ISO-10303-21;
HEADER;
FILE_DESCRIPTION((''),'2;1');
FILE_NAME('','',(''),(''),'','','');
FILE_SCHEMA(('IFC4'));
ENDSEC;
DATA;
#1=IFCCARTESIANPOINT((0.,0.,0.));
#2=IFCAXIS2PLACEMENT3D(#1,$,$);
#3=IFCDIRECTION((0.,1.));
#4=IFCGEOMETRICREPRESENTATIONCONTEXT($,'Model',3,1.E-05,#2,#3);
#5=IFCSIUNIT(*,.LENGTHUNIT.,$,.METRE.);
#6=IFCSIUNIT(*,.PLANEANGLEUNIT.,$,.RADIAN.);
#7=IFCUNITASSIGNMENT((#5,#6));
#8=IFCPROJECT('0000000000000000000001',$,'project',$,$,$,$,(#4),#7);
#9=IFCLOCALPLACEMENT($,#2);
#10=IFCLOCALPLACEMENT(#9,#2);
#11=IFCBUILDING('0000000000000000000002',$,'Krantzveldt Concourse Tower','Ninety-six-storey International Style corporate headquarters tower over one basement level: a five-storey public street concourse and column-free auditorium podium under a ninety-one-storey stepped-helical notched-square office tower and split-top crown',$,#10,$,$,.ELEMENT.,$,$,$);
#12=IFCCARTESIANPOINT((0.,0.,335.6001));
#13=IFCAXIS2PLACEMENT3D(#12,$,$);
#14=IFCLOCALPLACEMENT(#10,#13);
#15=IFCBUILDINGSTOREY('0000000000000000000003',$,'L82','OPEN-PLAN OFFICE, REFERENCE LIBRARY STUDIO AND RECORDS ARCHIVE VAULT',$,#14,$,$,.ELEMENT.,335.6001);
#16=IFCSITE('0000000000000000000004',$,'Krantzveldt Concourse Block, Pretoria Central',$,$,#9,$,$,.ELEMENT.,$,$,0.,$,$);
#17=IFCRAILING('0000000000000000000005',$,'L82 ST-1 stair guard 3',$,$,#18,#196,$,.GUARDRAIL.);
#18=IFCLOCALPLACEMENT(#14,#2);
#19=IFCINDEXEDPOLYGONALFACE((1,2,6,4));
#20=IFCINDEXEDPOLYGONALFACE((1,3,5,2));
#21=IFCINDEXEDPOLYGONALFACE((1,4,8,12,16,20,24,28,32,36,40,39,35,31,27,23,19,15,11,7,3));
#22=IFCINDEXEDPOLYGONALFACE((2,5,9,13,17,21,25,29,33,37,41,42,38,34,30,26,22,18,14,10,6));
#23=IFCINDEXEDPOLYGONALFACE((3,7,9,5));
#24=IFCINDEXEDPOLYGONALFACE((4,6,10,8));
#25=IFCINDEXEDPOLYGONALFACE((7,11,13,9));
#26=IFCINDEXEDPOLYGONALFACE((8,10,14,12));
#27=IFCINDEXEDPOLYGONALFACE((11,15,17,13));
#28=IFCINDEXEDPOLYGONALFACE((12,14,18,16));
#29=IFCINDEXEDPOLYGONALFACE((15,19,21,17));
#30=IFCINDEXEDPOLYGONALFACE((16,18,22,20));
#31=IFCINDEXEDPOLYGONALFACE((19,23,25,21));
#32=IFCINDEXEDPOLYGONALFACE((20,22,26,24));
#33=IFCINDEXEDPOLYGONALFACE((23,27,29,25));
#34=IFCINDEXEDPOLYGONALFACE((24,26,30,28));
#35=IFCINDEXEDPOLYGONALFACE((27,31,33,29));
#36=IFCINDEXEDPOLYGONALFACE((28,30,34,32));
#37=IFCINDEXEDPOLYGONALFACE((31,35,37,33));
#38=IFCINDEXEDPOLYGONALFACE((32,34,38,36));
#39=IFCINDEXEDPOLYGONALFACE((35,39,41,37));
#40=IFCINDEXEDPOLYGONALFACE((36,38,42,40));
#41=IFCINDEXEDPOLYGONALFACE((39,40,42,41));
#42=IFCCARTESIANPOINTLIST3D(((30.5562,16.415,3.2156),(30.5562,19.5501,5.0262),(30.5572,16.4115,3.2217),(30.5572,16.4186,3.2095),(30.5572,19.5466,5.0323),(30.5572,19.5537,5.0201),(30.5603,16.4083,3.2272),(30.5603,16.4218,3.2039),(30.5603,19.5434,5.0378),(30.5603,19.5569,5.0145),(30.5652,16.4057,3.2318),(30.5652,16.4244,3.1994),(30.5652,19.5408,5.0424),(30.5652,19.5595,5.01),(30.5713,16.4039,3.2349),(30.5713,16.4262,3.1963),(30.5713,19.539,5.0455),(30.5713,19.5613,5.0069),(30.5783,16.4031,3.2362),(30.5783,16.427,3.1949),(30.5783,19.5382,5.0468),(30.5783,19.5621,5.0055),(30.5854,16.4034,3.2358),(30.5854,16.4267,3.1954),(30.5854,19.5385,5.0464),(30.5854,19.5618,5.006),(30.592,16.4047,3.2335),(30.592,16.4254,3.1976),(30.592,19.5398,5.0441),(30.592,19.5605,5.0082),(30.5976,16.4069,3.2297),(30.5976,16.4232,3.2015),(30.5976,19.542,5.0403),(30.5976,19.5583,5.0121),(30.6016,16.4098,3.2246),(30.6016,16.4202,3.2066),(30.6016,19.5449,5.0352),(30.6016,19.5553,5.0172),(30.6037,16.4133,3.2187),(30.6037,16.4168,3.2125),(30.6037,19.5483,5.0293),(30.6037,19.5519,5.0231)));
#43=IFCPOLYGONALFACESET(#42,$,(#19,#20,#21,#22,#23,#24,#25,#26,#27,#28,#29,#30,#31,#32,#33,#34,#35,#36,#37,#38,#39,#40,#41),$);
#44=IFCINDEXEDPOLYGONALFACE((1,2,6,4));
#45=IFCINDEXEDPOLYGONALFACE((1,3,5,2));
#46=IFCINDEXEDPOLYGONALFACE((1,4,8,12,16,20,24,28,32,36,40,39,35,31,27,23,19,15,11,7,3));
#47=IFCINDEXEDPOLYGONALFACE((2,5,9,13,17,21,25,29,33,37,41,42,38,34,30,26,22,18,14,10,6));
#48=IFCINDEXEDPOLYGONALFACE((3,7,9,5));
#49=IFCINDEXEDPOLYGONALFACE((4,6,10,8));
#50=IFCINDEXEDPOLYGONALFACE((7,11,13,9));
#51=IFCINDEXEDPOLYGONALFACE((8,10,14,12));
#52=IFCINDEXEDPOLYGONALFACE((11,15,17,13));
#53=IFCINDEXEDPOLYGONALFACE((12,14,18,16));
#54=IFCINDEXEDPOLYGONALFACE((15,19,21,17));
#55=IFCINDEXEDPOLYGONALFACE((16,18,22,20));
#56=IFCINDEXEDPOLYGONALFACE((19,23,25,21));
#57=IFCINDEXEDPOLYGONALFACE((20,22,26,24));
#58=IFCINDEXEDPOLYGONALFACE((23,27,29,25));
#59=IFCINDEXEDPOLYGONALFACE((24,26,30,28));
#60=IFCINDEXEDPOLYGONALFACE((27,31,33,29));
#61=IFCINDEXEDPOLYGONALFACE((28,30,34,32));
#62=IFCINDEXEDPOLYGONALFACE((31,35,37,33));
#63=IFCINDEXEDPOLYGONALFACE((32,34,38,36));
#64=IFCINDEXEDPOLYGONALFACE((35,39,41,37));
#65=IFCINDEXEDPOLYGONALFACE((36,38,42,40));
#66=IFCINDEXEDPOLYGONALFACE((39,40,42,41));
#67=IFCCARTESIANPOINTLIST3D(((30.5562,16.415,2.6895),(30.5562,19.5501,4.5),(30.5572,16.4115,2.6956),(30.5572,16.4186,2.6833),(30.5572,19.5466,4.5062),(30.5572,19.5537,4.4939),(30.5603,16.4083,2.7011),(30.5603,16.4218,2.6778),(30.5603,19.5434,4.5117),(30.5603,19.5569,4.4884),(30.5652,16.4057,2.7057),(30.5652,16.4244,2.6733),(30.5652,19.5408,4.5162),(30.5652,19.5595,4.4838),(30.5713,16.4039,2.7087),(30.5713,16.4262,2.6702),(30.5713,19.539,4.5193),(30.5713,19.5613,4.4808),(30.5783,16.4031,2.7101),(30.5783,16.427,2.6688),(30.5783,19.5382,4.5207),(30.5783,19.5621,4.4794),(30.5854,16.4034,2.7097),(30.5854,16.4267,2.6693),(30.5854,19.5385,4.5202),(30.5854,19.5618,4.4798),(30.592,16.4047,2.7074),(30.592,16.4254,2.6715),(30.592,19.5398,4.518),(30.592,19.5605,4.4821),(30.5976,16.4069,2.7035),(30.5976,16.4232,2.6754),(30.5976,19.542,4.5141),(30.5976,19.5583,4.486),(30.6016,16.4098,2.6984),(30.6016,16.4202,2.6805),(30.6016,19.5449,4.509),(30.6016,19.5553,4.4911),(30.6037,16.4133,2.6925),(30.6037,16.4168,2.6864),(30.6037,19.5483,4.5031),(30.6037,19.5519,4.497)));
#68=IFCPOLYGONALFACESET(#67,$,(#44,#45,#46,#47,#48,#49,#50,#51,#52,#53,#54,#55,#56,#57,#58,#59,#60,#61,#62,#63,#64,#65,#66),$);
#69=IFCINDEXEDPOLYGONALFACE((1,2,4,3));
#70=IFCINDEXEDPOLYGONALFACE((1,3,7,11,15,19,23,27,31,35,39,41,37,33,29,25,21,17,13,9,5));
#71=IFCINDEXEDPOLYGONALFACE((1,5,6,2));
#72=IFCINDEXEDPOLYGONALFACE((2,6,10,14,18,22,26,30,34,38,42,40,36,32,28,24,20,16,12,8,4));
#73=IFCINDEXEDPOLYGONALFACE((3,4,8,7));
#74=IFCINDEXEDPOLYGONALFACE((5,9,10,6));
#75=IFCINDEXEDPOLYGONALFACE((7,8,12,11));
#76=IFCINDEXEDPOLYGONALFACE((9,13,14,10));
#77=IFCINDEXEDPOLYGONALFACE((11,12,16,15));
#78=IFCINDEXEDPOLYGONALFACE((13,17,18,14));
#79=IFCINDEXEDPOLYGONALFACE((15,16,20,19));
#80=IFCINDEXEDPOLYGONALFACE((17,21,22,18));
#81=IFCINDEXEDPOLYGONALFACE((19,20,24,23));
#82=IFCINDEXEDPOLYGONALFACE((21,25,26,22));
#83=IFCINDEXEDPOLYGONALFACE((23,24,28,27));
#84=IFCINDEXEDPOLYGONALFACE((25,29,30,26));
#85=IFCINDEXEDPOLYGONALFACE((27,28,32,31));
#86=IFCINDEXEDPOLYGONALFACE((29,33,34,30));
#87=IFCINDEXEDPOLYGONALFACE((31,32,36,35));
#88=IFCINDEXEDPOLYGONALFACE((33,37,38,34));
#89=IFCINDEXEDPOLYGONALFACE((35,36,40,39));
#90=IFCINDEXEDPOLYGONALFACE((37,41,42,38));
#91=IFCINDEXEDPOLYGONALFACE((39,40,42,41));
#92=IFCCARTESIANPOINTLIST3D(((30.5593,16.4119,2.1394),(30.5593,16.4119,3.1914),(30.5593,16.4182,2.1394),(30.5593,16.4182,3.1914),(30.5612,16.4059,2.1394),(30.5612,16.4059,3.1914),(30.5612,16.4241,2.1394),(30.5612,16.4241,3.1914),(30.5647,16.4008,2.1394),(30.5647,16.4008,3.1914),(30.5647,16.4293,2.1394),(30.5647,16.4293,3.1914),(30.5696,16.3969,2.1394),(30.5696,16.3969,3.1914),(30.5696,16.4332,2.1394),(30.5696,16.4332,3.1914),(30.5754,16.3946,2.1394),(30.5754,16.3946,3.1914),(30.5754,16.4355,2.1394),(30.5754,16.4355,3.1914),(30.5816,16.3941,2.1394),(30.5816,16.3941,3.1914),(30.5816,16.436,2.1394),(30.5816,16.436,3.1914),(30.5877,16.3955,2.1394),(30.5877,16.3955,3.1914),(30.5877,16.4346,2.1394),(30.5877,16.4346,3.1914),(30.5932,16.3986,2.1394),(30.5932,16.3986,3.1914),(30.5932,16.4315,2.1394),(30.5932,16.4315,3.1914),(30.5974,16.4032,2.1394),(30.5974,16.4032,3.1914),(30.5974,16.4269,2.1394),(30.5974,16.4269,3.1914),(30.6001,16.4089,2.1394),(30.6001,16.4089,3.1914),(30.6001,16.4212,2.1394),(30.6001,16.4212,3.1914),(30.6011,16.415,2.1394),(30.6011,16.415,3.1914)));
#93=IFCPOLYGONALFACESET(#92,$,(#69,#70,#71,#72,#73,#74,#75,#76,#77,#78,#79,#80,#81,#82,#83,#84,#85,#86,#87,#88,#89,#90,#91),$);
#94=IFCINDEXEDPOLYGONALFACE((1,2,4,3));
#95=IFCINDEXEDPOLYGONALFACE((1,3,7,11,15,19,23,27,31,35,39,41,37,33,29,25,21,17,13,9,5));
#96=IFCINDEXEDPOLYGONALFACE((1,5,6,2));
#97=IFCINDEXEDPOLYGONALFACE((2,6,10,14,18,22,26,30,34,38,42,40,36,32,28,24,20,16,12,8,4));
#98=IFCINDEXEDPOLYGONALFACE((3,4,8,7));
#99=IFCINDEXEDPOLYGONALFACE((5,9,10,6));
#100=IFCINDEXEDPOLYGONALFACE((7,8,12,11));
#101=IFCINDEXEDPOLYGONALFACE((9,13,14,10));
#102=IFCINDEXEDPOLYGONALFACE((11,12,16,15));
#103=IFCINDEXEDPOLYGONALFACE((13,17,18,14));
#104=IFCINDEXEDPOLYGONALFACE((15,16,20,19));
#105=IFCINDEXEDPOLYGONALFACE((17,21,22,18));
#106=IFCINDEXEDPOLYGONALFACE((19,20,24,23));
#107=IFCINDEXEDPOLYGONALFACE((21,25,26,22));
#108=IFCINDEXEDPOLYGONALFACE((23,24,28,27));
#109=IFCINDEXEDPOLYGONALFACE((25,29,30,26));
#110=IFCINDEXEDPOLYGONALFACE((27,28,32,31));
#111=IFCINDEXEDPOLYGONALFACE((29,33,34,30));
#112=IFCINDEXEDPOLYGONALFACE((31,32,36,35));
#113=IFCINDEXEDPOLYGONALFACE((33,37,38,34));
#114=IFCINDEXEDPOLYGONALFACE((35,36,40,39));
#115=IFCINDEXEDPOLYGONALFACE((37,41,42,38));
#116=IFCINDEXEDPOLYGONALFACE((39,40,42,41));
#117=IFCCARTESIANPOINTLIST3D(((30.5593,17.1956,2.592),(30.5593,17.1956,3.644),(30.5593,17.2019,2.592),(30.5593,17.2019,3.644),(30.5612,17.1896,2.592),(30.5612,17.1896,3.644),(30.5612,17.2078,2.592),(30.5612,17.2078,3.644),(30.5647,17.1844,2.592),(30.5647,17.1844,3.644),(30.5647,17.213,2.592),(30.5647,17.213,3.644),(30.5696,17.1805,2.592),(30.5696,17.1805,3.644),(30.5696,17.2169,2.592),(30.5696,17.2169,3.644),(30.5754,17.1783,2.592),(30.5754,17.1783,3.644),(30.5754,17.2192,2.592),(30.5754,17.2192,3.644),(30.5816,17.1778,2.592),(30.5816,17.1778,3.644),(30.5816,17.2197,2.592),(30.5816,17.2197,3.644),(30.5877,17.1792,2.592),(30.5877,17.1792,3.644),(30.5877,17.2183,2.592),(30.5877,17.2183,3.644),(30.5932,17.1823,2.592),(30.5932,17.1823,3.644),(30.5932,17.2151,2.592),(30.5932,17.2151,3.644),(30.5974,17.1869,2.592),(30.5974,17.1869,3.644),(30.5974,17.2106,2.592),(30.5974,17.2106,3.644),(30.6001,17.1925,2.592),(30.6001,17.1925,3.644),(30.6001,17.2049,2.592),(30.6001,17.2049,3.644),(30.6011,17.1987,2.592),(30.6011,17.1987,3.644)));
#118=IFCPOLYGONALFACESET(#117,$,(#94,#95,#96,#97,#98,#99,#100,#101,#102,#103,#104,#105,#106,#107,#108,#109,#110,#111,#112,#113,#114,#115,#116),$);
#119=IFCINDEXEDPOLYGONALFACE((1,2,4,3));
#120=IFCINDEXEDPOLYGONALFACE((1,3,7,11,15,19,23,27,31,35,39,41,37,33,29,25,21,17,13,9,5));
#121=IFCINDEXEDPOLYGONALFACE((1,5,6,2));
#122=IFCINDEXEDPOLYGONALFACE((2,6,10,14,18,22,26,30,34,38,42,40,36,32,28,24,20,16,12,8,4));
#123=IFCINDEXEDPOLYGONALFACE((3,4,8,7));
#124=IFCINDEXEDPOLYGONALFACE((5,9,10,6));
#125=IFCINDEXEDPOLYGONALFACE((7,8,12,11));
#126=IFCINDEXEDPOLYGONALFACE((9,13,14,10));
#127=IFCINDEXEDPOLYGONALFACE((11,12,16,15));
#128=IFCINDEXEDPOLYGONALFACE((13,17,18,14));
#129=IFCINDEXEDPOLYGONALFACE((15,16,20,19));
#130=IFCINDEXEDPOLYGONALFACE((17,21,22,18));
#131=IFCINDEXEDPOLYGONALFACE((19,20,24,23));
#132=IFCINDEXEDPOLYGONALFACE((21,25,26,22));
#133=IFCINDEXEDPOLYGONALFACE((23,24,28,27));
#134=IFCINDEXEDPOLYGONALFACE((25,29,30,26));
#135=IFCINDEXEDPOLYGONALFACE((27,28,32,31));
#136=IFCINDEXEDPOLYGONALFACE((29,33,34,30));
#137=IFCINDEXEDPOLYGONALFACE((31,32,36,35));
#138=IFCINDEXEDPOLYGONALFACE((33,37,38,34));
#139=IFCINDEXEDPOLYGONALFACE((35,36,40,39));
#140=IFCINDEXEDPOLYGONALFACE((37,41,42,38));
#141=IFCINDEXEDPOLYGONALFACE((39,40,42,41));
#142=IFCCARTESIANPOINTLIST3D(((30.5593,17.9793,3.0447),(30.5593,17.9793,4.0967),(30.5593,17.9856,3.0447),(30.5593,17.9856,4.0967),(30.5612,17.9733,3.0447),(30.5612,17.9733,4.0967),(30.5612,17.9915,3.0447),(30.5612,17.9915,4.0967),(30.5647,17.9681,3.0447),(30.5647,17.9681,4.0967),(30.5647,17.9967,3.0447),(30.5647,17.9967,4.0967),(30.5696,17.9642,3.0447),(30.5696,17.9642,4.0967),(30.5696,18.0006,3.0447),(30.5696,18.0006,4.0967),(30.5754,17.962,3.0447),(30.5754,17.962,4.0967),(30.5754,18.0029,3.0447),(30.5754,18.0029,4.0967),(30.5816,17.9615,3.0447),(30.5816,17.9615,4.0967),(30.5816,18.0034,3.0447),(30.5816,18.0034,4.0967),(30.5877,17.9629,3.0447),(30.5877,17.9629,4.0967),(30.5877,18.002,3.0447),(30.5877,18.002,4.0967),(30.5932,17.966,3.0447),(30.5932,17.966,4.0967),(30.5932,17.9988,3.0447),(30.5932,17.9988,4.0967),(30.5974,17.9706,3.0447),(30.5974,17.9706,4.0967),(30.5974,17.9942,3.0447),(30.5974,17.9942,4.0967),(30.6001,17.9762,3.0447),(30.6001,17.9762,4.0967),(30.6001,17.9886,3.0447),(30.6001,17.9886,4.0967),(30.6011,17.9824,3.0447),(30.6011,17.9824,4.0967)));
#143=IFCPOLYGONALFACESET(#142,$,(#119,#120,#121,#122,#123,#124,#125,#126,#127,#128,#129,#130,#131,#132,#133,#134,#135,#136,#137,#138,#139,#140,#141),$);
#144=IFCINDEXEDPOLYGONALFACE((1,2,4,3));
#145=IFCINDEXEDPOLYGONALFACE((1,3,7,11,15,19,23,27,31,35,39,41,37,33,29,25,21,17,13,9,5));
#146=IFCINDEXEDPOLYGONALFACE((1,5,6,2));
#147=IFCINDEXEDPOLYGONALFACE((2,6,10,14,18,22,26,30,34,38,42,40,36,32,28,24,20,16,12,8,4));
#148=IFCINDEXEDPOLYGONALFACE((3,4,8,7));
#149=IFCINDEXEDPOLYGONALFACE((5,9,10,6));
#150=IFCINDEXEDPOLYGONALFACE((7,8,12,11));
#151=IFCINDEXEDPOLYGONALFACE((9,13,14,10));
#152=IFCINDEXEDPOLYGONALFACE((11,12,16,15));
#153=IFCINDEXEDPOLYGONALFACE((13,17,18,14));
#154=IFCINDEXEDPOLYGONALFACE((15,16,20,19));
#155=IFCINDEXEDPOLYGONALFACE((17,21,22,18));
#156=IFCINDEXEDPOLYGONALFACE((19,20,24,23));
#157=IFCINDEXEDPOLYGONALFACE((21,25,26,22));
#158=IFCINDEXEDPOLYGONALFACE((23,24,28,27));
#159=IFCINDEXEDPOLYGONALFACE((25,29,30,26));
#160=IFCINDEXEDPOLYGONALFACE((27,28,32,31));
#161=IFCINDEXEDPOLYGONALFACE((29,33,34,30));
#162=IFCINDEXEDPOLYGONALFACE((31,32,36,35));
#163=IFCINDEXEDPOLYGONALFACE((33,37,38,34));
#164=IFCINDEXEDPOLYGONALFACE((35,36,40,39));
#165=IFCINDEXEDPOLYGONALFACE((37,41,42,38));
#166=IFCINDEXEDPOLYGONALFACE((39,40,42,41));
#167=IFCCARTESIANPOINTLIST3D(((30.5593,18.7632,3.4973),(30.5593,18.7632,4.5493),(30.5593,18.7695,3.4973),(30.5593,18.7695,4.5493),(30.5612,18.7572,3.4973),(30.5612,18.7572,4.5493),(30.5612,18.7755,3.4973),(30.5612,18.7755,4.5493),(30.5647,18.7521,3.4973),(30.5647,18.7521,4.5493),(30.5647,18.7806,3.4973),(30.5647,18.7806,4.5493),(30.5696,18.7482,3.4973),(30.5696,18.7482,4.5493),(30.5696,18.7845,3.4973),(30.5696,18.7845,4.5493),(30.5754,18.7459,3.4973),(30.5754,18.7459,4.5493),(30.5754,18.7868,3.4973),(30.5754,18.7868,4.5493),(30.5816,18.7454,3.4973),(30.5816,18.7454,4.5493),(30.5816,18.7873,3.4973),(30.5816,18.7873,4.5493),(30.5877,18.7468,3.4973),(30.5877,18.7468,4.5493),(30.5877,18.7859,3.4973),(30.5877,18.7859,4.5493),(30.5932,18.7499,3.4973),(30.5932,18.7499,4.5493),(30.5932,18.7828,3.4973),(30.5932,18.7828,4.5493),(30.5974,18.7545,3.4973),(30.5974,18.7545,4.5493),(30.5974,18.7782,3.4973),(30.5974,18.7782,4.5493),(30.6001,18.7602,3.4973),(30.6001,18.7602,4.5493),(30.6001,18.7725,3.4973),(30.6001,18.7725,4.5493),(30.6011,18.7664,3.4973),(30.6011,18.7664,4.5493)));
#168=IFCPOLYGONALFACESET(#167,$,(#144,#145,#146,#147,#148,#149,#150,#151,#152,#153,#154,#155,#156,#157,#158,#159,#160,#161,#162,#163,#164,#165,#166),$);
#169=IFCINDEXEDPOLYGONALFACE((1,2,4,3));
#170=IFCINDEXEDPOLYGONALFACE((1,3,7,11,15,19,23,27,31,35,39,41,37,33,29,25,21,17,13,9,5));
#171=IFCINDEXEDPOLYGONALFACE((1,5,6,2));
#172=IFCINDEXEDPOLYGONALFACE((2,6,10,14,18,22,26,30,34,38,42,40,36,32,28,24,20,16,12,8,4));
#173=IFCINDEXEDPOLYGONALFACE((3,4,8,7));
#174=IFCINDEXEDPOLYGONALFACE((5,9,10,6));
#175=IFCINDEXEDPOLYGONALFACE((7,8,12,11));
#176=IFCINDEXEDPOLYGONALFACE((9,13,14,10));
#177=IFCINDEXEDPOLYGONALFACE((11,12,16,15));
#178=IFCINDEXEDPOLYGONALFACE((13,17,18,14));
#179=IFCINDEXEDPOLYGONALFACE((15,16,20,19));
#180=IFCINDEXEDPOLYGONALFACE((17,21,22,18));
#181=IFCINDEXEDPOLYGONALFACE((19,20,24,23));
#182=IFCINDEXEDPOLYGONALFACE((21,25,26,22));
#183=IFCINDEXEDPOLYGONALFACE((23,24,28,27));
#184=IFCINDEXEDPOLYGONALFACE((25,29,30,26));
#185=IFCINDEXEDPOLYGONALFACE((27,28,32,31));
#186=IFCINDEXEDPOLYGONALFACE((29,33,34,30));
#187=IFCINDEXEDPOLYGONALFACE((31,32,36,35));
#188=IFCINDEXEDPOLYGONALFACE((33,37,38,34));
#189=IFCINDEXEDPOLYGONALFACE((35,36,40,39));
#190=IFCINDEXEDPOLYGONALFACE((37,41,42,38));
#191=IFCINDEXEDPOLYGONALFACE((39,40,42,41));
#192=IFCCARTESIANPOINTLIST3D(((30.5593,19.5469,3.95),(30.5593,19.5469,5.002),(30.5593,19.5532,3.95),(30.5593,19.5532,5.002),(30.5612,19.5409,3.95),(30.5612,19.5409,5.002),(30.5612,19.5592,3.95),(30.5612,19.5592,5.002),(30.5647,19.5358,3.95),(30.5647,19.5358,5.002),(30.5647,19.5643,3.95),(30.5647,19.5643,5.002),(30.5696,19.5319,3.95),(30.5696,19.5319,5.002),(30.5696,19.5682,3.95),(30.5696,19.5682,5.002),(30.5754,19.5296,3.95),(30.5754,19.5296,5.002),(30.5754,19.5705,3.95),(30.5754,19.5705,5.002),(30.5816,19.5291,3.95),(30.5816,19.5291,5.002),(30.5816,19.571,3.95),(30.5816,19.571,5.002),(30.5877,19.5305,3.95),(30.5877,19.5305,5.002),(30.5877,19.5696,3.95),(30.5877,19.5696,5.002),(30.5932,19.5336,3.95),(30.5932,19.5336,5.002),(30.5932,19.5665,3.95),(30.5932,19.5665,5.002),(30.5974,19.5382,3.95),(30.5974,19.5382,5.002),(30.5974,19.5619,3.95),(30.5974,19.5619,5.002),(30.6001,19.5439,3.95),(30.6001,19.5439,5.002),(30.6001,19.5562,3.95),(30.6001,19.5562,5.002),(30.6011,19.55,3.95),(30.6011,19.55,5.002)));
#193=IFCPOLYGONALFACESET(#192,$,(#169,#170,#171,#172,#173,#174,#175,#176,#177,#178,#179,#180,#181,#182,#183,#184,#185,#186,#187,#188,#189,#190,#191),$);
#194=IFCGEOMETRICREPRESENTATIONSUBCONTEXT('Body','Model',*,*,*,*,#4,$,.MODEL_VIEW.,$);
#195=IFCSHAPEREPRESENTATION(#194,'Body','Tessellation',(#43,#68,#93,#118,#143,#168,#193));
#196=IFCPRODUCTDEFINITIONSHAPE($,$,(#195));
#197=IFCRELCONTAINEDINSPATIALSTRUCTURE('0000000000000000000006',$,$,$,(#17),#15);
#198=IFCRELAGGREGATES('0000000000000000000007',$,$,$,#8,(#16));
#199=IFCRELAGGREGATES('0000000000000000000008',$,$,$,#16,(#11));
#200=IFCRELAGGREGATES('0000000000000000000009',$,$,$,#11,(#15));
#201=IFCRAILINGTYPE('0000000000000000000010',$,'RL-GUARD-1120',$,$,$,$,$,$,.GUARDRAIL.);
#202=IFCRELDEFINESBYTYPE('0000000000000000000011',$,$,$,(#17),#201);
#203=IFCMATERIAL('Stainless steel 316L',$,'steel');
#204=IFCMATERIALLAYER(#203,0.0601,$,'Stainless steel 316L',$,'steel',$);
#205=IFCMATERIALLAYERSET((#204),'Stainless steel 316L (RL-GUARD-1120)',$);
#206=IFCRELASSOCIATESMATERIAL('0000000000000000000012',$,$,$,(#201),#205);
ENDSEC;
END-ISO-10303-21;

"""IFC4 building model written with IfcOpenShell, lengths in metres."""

from ifc_helpers import new_model, si_unit, direction, frame, origin, origin_2d, place, context, subcontext, project, spatial, circle, extrude, material, layer, layer_set, type_object, element, save


model = new_model("IFC4")

# Units and contexts
model_context = context("Model", 3, precision=1e-05, world=origin(), true_north=direction((0.0, 1.0)))
body_context = subcontext(model_context, "Body", "Model", "MODEL_VIEW")
ifc_project = project(units=[si_unit("LENGTHUNIT", "METRE"), si_unit("PLANEANGLEUNIT", "RADIAN")], contexts=[model_context])

# Site, building, storey
site_placement = place(None, origin())
site = spatial("IfcSite", under=ifc_project, at=site_placement, Name="Krantzveldt Concourse Block, Pretoria Central", CompositionType="ELEMENT", RefElevation=0.0)
building_placement = place(site_placement, origin())
building = spatial("IfcBuilding", under=site, at=building_placement, Name="Krantzveldt Concourse Tower", Description="Ninety-six-storey International Style corporate headquarters tower over one basement level: a five-storey public street concourse and column-free auditorium podium under a ninety-one-storey stepped-helical notched-square office tower and split-top crown", CompositionType="ELEMENT")
storey_placement = place(building_placement, frame((0.0, 0.0, 335.6001)))
storey = spatial("IfcBuildingStorey", under=building, at=storey_placement, Name="L82", Description="OPEN-PLAN OFFICE, REFERENCE LIBRARY STUDIO AND RECORDS ARCHIVE VAULT", CompositionType="ELEMENT", Elevation=335.6001)

# Shared definitions
ifc_material_1 = material(Name="Stainless steel 316L", Category="steel")

# Railing
ifc_layer_1 = layer(ifc_material_1, 0.0601, Name="Stainless steel 316L", Category="steel")
ifc_layer_set_1 = layer_set([ifc_layer_1], Name="Stainless steel 316L (RL-GUARD-1120)")
railing_type_1 = type_object("IfcRailingType", Name="RL-GUARD-1120", PredefinedType="GUARDRAIL", material=ifc_layer_set_1)
railing_1_placement = place(storey_placement, frame((30.5801, 16.415, 2.1394)))
element("IfcRailing", 1, at=railing_1_placement, inside=storey, type_object=railing_type_1, Name="L82 ST-1 stair guard 3", PredefinedType="GUARDRAIL", context=body_context, shape_type="SweptSolid", body=[
    extrude(circle(Radius=0.0239, at=origin_2d()), frame((0.0, 0.0, 1.0762), z_axis=(0.0, 0.86596, 0.500114), x_axis=(-1.0, 0.0, 0.0)), (0.0, 0.0, 1.0), 3.6204),
    extrude(circle(Radius=0.0239, at=origin_2d()), frame((0.0, 0.0, 0.55), z_axis=(0.0, 0.86596, 0.500114), x_axis=(-1.0, 0.0, 0.0)), (0.0, 0.0, 1.0), 3.6204),
    extrude(circle(Radius=0.021, at=origin_2d()), origin(), (0.0, 0.0, 1.0), 1.052),
    extrude(circle(Radius=0.021, at=origin_2d()), frame((0.0, 0.7837, 0.4526)), (0.0, 0.0, 1.0), 1.052),
    extrude(circle(Radius=0.021, at=origin_2d()), frame((0.0, 1.5674, 0.9053)), (0.0, 0.0, 1.0), 1.052),
    extrude(circle(Radius=0.021, at=origin_2d()), frame((0.0, 2.3513, 1.3579)), (0.0, 0.0, 1.0), 1.052),
    extrude(circle(Radius=0.021, at=origin_2d()), frame((0.0, 3.135, 1.8105)), (0.0, 0.0, 1.0), 1.052),
])

save(model, "model.ifc")
